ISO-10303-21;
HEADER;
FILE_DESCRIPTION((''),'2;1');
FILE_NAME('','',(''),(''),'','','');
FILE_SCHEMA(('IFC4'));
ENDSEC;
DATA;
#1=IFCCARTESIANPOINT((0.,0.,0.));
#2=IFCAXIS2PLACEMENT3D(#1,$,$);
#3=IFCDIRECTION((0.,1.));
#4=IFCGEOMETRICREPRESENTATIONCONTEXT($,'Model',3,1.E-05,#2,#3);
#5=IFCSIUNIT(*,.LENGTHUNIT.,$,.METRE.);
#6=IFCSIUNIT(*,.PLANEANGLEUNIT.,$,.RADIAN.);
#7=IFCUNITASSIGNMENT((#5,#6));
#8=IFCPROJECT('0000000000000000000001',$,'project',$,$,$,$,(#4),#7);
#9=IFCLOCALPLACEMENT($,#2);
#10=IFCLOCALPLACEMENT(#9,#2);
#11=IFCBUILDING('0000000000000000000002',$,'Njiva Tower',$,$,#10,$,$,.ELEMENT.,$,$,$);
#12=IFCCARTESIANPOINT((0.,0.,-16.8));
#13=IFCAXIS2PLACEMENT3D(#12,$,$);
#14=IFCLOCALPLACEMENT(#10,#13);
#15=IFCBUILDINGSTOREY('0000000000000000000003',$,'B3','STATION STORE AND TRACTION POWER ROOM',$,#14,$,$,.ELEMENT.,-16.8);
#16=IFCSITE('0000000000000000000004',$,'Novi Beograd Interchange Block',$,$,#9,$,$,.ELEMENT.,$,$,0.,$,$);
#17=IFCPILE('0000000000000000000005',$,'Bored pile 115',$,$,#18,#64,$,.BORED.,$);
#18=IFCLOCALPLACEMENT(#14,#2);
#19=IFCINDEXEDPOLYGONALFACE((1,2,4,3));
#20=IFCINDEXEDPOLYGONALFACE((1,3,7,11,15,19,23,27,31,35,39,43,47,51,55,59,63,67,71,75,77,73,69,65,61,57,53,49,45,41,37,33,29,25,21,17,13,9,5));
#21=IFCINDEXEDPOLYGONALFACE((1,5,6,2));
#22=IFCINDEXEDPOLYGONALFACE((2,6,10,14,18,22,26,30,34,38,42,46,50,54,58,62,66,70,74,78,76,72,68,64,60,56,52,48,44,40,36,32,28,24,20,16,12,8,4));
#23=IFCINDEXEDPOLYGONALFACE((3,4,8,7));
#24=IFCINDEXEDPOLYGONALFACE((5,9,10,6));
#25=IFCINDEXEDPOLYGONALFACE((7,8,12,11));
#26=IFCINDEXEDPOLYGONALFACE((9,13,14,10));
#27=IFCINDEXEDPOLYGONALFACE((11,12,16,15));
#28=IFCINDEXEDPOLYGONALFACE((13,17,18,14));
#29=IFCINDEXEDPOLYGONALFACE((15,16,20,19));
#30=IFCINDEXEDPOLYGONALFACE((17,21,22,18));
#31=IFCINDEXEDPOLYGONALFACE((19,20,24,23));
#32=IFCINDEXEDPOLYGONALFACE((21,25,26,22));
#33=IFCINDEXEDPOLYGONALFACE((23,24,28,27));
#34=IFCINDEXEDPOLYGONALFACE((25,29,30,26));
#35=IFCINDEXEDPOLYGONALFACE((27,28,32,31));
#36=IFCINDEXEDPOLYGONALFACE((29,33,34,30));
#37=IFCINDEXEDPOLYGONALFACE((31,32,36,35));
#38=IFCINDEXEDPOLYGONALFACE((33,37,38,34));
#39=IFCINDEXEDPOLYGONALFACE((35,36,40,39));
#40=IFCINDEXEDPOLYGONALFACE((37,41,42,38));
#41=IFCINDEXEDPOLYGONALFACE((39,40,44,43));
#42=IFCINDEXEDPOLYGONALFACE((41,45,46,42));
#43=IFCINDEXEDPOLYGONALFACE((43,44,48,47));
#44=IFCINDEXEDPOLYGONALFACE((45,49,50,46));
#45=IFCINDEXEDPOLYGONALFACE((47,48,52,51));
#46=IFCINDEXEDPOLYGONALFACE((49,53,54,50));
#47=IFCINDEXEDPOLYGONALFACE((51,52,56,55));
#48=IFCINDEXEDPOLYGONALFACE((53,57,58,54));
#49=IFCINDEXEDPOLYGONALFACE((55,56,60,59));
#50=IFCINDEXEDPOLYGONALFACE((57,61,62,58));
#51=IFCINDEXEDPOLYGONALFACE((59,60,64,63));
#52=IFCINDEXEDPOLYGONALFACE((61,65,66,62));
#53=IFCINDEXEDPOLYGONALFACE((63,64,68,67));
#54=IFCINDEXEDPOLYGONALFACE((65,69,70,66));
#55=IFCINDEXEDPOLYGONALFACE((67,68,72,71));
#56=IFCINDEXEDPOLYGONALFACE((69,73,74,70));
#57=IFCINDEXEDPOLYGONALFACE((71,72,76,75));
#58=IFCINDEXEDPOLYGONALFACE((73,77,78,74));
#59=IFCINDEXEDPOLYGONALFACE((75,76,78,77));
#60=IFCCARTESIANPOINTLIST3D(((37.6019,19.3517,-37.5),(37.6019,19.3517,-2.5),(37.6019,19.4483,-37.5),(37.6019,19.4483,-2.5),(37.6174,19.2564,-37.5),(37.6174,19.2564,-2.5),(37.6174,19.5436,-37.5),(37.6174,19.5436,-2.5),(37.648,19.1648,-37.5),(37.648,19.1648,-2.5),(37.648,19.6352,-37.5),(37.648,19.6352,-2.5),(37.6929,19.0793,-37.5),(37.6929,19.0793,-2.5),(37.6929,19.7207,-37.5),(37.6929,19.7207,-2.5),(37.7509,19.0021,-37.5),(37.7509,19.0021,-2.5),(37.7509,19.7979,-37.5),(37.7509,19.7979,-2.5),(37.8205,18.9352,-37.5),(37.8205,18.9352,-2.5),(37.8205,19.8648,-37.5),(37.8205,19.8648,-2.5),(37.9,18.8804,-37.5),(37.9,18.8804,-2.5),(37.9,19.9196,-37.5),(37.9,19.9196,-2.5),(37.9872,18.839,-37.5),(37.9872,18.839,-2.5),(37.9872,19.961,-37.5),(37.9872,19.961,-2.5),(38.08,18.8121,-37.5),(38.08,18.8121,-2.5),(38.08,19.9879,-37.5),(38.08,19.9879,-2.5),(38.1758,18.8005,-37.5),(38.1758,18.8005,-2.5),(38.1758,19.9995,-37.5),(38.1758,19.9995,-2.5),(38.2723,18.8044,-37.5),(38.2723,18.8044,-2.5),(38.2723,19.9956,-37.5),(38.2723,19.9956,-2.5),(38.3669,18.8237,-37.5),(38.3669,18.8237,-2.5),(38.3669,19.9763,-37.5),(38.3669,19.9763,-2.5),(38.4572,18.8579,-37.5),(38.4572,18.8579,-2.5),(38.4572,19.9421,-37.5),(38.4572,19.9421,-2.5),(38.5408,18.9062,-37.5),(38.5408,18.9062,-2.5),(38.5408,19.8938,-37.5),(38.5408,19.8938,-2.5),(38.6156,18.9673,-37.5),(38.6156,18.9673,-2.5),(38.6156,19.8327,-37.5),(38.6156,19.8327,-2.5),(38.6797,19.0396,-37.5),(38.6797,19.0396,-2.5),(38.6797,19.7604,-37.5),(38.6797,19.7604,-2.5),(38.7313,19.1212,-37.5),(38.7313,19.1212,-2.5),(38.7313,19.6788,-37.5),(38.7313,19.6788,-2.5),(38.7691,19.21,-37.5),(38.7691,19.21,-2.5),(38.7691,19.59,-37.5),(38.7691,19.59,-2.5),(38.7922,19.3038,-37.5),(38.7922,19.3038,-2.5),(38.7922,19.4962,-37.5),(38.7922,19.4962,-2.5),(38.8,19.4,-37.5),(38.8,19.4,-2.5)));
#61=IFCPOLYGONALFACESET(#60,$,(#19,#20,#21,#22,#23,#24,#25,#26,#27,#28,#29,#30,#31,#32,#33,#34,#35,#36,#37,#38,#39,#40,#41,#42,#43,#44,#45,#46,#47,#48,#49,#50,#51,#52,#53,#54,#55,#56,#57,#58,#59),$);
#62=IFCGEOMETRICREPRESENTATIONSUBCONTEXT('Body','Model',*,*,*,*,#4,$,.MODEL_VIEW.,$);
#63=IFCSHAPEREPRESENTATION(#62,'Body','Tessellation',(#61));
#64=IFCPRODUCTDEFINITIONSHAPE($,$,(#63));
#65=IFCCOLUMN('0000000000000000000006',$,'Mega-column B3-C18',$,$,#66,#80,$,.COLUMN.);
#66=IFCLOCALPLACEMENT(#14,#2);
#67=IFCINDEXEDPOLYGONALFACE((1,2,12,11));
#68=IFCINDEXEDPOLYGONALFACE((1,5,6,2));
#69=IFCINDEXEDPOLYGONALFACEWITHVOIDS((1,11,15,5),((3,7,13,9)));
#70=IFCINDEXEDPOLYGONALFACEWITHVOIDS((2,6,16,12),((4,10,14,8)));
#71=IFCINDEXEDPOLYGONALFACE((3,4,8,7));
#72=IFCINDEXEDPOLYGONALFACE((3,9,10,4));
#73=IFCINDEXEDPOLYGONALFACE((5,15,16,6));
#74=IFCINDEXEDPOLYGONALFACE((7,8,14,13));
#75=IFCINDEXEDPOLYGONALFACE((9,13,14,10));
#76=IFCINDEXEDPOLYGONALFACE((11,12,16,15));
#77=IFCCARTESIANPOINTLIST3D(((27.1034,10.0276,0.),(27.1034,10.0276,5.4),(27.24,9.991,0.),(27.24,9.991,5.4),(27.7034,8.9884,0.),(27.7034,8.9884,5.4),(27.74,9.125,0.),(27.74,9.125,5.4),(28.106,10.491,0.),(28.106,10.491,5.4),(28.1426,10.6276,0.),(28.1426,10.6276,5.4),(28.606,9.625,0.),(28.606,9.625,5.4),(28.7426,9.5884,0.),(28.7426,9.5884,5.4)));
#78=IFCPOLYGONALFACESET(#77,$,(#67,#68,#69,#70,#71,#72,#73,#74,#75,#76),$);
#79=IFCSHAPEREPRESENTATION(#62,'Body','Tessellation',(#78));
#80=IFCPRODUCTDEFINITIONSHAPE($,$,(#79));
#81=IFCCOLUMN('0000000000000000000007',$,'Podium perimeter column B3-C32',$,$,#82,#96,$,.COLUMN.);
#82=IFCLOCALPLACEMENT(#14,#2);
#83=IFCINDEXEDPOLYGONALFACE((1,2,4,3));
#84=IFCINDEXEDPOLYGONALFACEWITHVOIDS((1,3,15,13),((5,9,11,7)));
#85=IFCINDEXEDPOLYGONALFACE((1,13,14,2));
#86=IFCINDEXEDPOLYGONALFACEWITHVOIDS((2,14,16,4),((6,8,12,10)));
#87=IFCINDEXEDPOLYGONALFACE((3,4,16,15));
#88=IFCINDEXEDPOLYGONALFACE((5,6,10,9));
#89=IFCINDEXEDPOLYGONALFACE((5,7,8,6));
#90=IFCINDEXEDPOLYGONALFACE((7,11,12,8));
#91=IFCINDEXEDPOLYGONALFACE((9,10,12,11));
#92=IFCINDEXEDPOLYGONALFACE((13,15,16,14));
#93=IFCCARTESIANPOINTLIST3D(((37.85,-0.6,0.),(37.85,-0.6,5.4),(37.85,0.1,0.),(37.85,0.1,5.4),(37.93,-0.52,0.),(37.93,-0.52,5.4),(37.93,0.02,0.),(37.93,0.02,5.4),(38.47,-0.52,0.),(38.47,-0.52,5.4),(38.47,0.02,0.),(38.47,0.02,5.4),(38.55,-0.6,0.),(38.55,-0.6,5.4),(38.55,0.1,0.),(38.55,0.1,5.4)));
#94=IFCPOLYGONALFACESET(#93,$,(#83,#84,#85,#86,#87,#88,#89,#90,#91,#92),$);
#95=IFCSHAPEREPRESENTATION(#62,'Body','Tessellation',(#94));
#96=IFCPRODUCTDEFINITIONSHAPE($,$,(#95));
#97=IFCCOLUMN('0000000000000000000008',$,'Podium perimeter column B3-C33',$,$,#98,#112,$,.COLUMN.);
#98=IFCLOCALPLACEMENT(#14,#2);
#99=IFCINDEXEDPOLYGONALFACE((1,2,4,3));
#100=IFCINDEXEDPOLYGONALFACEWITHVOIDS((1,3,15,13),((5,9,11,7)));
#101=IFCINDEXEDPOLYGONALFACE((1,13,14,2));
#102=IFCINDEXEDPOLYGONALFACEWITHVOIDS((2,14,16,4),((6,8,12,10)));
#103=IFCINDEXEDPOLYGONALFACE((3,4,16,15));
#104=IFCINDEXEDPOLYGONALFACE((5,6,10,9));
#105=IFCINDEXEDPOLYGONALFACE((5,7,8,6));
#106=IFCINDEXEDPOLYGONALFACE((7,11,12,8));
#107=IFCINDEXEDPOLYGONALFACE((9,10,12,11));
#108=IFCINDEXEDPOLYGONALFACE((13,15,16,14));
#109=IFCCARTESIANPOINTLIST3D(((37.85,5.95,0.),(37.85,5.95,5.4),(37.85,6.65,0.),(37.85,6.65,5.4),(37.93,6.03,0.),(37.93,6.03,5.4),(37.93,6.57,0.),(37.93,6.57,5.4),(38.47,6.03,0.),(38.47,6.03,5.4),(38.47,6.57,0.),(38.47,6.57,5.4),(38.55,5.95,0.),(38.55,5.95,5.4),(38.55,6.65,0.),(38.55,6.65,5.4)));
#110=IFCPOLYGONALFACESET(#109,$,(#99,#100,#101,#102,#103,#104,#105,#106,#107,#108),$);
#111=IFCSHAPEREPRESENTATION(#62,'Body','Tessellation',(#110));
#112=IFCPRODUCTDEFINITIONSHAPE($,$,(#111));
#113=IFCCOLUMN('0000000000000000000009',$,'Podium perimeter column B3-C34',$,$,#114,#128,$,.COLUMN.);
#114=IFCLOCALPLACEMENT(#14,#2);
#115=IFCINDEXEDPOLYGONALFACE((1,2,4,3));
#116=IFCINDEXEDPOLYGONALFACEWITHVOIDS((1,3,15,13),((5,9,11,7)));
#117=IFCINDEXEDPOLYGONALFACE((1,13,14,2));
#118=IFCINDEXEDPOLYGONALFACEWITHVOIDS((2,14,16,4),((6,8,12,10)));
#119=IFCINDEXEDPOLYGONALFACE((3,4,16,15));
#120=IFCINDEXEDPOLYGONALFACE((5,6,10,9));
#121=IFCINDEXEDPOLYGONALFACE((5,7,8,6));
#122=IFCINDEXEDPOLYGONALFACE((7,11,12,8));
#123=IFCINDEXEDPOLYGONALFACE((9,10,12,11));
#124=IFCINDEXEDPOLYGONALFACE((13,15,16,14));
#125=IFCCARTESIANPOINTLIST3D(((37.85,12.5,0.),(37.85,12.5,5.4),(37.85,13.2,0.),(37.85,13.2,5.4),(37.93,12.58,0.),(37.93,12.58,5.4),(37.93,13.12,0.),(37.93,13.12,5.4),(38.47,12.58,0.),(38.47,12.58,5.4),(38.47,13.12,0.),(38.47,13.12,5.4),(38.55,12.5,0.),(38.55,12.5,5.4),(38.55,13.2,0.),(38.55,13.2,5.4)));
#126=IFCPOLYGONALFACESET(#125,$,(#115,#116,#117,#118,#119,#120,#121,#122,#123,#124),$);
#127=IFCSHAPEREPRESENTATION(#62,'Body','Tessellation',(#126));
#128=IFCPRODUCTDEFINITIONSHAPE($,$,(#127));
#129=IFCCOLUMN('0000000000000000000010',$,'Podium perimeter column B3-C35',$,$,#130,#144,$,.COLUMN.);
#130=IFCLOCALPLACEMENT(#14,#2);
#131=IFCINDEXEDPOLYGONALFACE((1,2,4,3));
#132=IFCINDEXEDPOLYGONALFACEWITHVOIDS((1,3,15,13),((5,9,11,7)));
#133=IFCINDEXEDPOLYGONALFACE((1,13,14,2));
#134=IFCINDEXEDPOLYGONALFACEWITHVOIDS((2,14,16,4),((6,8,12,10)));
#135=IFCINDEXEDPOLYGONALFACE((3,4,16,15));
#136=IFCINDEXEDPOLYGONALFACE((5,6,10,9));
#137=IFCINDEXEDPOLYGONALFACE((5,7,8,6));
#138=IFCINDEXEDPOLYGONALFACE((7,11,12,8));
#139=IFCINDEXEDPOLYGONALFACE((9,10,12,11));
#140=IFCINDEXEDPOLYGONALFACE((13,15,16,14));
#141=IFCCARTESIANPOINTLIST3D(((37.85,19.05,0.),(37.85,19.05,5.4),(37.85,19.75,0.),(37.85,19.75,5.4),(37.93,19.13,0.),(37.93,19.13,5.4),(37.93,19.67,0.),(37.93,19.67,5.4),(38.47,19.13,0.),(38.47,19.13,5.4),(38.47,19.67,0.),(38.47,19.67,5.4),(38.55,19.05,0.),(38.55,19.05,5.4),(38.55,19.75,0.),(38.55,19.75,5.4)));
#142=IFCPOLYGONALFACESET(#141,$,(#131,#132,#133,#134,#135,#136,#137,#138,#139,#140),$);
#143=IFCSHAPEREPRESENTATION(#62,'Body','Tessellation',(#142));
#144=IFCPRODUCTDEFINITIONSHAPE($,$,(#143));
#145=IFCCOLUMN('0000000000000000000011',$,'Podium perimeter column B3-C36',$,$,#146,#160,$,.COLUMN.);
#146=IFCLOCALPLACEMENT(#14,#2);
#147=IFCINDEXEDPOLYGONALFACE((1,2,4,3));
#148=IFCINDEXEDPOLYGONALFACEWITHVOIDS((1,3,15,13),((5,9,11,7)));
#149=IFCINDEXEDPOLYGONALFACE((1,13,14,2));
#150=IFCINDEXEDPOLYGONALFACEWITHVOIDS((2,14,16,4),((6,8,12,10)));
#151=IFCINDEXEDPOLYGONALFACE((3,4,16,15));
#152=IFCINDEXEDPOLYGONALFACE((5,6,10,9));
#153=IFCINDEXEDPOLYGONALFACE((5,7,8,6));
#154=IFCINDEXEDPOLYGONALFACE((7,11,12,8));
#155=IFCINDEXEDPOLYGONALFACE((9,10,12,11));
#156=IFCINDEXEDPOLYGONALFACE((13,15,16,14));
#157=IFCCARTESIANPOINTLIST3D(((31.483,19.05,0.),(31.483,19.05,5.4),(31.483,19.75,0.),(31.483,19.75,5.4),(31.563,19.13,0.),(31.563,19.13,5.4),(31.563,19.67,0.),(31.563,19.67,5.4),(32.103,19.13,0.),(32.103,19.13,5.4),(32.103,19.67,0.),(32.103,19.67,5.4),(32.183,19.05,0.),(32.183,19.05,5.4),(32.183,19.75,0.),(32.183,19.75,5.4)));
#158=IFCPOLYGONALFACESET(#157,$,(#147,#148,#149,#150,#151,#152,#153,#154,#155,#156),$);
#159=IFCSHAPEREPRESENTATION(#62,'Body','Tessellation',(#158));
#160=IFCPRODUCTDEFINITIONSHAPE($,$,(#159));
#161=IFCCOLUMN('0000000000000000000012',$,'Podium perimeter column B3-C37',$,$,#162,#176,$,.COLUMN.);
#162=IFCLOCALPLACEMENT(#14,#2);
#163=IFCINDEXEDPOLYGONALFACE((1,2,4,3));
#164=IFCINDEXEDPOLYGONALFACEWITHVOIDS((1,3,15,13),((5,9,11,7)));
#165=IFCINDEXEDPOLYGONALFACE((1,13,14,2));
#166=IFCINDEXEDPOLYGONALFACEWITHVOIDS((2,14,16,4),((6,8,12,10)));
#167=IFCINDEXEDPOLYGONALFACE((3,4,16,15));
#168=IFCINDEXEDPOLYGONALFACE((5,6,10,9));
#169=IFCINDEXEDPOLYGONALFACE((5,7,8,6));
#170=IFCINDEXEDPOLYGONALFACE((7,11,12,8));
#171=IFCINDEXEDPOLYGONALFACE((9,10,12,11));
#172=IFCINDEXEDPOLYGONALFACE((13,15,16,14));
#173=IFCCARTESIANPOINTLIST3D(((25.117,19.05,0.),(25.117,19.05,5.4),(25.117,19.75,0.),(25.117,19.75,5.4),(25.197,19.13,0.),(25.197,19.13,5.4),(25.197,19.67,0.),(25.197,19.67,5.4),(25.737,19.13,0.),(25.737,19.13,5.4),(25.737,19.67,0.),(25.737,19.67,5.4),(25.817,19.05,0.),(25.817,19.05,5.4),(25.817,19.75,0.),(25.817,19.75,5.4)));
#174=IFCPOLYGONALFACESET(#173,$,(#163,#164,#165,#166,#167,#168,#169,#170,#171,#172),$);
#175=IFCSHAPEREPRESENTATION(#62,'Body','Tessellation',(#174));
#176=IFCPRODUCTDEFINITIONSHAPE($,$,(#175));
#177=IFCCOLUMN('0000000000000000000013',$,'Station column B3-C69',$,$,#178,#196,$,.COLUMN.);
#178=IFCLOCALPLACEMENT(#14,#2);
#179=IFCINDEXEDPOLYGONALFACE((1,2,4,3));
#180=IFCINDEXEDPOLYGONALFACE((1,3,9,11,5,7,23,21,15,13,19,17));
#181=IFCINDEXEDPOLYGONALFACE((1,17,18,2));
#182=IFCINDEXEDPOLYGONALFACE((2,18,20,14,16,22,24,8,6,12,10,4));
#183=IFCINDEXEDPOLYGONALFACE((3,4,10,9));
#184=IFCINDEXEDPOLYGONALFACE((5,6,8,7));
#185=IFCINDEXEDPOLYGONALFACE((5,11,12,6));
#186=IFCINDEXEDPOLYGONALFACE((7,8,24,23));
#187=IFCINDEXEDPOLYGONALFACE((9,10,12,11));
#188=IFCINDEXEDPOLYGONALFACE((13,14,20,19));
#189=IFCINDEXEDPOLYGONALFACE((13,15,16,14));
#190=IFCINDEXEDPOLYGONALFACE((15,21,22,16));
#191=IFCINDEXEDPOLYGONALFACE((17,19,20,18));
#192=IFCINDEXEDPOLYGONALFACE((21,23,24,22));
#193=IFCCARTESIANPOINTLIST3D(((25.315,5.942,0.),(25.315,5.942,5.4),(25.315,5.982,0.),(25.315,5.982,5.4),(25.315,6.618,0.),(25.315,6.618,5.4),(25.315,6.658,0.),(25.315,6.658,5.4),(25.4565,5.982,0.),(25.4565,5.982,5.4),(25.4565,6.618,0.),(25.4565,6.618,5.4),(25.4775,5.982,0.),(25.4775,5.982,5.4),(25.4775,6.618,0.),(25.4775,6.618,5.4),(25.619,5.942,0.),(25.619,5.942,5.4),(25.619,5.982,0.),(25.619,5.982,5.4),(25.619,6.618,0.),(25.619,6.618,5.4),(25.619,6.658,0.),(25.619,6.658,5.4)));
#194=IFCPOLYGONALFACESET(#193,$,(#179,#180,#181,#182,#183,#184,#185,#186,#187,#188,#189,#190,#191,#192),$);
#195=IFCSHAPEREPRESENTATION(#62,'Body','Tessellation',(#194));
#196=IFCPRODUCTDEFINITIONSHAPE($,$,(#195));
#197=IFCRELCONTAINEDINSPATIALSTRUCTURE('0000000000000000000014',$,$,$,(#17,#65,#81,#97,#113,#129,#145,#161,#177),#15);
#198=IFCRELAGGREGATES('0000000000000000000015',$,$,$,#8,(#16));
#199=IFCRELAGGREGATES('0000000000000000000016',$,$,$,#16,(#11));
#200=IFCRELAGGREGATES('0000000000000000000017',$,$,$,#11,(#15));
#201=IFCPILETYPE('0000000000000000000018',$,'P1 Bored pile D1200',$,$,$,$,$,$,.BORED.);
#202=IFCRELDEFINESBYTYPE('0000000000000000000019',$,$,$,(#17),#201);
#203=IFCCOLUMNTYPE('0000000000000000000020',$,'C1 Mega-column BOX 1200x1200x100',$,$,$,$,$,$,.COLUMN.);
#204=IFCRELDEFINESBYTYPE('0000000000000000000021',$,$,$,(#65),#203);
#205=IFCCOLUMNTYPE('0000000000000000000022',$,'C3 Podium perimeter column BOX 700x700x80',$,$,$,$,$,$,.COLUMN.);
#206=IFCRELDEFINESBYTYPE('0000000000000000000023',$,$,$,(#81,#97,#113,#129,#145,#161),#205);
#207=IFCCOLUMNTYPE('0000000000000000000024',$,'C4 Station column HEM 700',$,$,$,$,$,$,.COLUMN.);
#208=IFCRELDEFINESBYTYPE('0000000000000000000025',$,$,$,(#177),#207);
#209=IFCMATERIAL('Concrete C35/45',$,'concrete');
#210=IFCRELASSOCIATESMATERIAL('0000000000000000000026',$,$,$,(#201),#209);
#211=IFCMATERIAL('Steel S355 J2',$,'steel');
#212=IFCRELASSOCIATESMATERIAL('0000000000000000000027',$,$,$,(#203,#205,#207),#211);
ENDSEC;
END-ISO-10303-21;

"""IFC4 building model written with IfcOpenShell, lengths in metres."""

from ifc_helpers import new_model, si_unit, direction, frame, origin, origin_2d, place, context, subcontext, project, spatial, hollow_rectangle, circle, i_section, extrude, material, material_profile, profile_set, type_object, element, save


model = new_model("IFC4")

# Units and contexts
model_context = context("Model", 3, precision=1e-05, world=origin(), true_north=direction((0.0, 1.0)))
body_context = subcontext(model_context, "Body", "Model", "MODEL_VIEW")
ifc_project = project(units=[si_unit("LENGTHUNIT", "METRE"), si_unit("PLANEANGLEUNIT", "RADIAN")], contexts=[model_context])

# Site, building, storey
site_placement = place(None, origin())
site = spatial("IfcSite", under=ifc_project, at=site_placement, Name="Novi Beograd Interchange Block", CompositionType="ELEMENT", RefElevation=0.0)
building_placement = place(site_placement, origin())
building = spatial("IfcBuilding", under=site, at=building_placement, Name="Njiva Tower", CompositionType="ELEMENT")
storey_placement = place(building_placement, frame((0.0, 0.0, -16.8)))
storey = spatial("IfcBuildingStorey", under=building, at=storey_placement, Name="B3", Description="STATION STORE AND TRACTION POWER ROOM", CompositionType="ELEMENT", Elevation=-16.8)

# Pile
ifc_material_1 = material(Name="Concrete C35/45", Category="concrete")
ifc_material_profile_1 = material_profile(ifc_material_1, circle(Radius=0.6, at=origin_2d()), Name="D1200")
ifc_profile_set_1 = profile_set([ifc_material_profile_1], Name="Concrete C35/45")
pile_type = type_object("IfcPileType", Name="P1 Bored pile D1200", PredefinedType="BORED", material=ifc_profile_set_1)
for number, where, z_axis, x_axis, name in (
    (1, (38.2, 19.4, -2.5), (0.0, 0.0, -1.0), (1.0, 0.0, 0.0), "Bored pile 115"),
):
    element("IfcPile", number, at=place(storey_placement, frame(where, z_axis=z_axis, x_axis=x_axis)), inside=storey, type_object=pile_type, Name=name, PredefinedType="BORED", context=body_context, shape_type="SweptSolid", body=[
        extrude(circle(Radius=0.6, at=origin_2d()), origin(), (0.0, 0.0, 1.0), 35.0),
    ])

# Columns
ifc_material_2 = material(Name="Steel S355 J2", Category="steel")
ifc_material_profile_2 = material_profile(ifc_material_2, hollow_rectangle(XDim=1.2, YDim=1.2, WallThickness=0.1, at=origin_2d()), Name="BOX 1200x1200x100")
ifc_profile_set_2 = profile_set([ifc_material_profile_2], Name="Steel S355 J2")
column_type_1 = type_object("IfcColumnType", Name="C1 Mega-column BOX 1200x1200x100", PredefinedType="COLUMN", material=ifc_profile_set_2)
column_1_placement = place(storey_placement, frame((27.923, 9.808, 0.0), z_axis=(0.0, 0.0, 1.0), x_axis=(-0.5, 0.866025, 0.0)))
element("IfcColumn", 2, at=column_1_placement, inside=storey, type_object=column_type_1, Name="Mega-column B3-C18", PredefinedType="COLUMN", context=body_context, shape_type="SweptSolid", body=[
    extrude(hollow_rectangle(XDim=1.2, YDim=1.2, WallThickness=0.1, at=origin_2d()), origin(), (0.0, 0.0, 1.0), 5.4),
])
ifc_material_profile_3 = material_profile(ifc_material_2, hollow_rectangle(XDim=0.7, YDim=0.7, WallThickness=0.08, at=origin_2d()), Name="BOX 700x700x80")
ifc_profile_set_3 = profile_set([ifc_material_profile_3], Name="Steel S355 J2")
column_type_2 = type_object("IfcColumnType", Name="C3 Podium perimeter column BOX 700x700x80", PredefinedType="COLUMN", material=ifc_profile_set_3)
for number, where, z_axis, x_axis, name in (
    (3, (38.2, -0.25, 0.0), (0.0, 0.0, 1.0), (0.0, 1.0, 0.0), "Podium perimeter column B3-C32"),
    (4, (38.2, 6.3, 0.0), (0.0, 0.0, 1.0), (0.0, 1.0, 0.0), "Podium perimeter column B3-C33"),
    (5, (38.2, 12.85, 0.0), (0.0, 0.0, 1.0), (0.0, 1.0, 0.0), "Podium perimeter column B3-C34"),
    (6, (38.2, 19.4, 0.0), (0.0, 0.0, 1.0), (-1.0, 0.0, 0.0), "Podium perimeter column B3-C35"),
    (7, (31.833, 19.4, 0.0), (0.0, 0.0, 1.0), (-1.0, 0.0, 0.0), "Podium perimeter column B3-C36"),
    (8, (25.467, 19.4, 0.0), (0.0, 0.0, 1.0), (-1.0, 0.0, 0.0), "Podium perimeter column B3-C37"),
):
    element("IfcColumn", number, at=place(storey_placement, frame(where, z_axis=z_axis, x_axis=x_axis)), inside=storey, type_object=column_type_2, Name=name, PredefinedType="COLUMN", context=body_context, shape_type="SweptSolid", body=[
        extrude(hollow_rectangle(XDim=0.7, YDim=0.7, WallThickness=0.08, at=origin_2d()), origin(), (0.0, 0.0, 1.0), 5.4),
    ])
ifc_material_profile_4 = material_profile(ifc_material_2, i_section(OverallWidth=0.304, OverallDepth=0.716, WebThickness=0.021, FlangeThickness=0.04, at=origin_2d()), Name="HEM 700")
ifc_profile_set_4 = profile_set([ifc_material_profile_4], Name="Steel S355 J2")
column_type_3 = type_object("IfcColumnType", Name="C4 Station column HEM 700", PredefinedType="COLUMN", material=ifc_profile_set_4)
column_2_placement = place(storey_placement, frame((25.467, 6.3, 0.0), z_axis=(0.0, 0.0, 1.0), x_axis=(1.0, 0.0, 0.0)))
element("IfcColumn", 9, at=column_2_placement, inside=storey, type_object=column_type_3, Name="Station column B3-C69", PredefinedType="COLUMN", context=body_context, shape_type="SweptSolid", body=[
    extrude(i_section(OverallWidth=0.304, OverallDepth=0.716, WebThickness=0.021, FlangeThickness=0.04, at=origin_2d()), origin(), (0.0, 0.0, 1.0), 5.4),
])

save(model, "model.ifc")
